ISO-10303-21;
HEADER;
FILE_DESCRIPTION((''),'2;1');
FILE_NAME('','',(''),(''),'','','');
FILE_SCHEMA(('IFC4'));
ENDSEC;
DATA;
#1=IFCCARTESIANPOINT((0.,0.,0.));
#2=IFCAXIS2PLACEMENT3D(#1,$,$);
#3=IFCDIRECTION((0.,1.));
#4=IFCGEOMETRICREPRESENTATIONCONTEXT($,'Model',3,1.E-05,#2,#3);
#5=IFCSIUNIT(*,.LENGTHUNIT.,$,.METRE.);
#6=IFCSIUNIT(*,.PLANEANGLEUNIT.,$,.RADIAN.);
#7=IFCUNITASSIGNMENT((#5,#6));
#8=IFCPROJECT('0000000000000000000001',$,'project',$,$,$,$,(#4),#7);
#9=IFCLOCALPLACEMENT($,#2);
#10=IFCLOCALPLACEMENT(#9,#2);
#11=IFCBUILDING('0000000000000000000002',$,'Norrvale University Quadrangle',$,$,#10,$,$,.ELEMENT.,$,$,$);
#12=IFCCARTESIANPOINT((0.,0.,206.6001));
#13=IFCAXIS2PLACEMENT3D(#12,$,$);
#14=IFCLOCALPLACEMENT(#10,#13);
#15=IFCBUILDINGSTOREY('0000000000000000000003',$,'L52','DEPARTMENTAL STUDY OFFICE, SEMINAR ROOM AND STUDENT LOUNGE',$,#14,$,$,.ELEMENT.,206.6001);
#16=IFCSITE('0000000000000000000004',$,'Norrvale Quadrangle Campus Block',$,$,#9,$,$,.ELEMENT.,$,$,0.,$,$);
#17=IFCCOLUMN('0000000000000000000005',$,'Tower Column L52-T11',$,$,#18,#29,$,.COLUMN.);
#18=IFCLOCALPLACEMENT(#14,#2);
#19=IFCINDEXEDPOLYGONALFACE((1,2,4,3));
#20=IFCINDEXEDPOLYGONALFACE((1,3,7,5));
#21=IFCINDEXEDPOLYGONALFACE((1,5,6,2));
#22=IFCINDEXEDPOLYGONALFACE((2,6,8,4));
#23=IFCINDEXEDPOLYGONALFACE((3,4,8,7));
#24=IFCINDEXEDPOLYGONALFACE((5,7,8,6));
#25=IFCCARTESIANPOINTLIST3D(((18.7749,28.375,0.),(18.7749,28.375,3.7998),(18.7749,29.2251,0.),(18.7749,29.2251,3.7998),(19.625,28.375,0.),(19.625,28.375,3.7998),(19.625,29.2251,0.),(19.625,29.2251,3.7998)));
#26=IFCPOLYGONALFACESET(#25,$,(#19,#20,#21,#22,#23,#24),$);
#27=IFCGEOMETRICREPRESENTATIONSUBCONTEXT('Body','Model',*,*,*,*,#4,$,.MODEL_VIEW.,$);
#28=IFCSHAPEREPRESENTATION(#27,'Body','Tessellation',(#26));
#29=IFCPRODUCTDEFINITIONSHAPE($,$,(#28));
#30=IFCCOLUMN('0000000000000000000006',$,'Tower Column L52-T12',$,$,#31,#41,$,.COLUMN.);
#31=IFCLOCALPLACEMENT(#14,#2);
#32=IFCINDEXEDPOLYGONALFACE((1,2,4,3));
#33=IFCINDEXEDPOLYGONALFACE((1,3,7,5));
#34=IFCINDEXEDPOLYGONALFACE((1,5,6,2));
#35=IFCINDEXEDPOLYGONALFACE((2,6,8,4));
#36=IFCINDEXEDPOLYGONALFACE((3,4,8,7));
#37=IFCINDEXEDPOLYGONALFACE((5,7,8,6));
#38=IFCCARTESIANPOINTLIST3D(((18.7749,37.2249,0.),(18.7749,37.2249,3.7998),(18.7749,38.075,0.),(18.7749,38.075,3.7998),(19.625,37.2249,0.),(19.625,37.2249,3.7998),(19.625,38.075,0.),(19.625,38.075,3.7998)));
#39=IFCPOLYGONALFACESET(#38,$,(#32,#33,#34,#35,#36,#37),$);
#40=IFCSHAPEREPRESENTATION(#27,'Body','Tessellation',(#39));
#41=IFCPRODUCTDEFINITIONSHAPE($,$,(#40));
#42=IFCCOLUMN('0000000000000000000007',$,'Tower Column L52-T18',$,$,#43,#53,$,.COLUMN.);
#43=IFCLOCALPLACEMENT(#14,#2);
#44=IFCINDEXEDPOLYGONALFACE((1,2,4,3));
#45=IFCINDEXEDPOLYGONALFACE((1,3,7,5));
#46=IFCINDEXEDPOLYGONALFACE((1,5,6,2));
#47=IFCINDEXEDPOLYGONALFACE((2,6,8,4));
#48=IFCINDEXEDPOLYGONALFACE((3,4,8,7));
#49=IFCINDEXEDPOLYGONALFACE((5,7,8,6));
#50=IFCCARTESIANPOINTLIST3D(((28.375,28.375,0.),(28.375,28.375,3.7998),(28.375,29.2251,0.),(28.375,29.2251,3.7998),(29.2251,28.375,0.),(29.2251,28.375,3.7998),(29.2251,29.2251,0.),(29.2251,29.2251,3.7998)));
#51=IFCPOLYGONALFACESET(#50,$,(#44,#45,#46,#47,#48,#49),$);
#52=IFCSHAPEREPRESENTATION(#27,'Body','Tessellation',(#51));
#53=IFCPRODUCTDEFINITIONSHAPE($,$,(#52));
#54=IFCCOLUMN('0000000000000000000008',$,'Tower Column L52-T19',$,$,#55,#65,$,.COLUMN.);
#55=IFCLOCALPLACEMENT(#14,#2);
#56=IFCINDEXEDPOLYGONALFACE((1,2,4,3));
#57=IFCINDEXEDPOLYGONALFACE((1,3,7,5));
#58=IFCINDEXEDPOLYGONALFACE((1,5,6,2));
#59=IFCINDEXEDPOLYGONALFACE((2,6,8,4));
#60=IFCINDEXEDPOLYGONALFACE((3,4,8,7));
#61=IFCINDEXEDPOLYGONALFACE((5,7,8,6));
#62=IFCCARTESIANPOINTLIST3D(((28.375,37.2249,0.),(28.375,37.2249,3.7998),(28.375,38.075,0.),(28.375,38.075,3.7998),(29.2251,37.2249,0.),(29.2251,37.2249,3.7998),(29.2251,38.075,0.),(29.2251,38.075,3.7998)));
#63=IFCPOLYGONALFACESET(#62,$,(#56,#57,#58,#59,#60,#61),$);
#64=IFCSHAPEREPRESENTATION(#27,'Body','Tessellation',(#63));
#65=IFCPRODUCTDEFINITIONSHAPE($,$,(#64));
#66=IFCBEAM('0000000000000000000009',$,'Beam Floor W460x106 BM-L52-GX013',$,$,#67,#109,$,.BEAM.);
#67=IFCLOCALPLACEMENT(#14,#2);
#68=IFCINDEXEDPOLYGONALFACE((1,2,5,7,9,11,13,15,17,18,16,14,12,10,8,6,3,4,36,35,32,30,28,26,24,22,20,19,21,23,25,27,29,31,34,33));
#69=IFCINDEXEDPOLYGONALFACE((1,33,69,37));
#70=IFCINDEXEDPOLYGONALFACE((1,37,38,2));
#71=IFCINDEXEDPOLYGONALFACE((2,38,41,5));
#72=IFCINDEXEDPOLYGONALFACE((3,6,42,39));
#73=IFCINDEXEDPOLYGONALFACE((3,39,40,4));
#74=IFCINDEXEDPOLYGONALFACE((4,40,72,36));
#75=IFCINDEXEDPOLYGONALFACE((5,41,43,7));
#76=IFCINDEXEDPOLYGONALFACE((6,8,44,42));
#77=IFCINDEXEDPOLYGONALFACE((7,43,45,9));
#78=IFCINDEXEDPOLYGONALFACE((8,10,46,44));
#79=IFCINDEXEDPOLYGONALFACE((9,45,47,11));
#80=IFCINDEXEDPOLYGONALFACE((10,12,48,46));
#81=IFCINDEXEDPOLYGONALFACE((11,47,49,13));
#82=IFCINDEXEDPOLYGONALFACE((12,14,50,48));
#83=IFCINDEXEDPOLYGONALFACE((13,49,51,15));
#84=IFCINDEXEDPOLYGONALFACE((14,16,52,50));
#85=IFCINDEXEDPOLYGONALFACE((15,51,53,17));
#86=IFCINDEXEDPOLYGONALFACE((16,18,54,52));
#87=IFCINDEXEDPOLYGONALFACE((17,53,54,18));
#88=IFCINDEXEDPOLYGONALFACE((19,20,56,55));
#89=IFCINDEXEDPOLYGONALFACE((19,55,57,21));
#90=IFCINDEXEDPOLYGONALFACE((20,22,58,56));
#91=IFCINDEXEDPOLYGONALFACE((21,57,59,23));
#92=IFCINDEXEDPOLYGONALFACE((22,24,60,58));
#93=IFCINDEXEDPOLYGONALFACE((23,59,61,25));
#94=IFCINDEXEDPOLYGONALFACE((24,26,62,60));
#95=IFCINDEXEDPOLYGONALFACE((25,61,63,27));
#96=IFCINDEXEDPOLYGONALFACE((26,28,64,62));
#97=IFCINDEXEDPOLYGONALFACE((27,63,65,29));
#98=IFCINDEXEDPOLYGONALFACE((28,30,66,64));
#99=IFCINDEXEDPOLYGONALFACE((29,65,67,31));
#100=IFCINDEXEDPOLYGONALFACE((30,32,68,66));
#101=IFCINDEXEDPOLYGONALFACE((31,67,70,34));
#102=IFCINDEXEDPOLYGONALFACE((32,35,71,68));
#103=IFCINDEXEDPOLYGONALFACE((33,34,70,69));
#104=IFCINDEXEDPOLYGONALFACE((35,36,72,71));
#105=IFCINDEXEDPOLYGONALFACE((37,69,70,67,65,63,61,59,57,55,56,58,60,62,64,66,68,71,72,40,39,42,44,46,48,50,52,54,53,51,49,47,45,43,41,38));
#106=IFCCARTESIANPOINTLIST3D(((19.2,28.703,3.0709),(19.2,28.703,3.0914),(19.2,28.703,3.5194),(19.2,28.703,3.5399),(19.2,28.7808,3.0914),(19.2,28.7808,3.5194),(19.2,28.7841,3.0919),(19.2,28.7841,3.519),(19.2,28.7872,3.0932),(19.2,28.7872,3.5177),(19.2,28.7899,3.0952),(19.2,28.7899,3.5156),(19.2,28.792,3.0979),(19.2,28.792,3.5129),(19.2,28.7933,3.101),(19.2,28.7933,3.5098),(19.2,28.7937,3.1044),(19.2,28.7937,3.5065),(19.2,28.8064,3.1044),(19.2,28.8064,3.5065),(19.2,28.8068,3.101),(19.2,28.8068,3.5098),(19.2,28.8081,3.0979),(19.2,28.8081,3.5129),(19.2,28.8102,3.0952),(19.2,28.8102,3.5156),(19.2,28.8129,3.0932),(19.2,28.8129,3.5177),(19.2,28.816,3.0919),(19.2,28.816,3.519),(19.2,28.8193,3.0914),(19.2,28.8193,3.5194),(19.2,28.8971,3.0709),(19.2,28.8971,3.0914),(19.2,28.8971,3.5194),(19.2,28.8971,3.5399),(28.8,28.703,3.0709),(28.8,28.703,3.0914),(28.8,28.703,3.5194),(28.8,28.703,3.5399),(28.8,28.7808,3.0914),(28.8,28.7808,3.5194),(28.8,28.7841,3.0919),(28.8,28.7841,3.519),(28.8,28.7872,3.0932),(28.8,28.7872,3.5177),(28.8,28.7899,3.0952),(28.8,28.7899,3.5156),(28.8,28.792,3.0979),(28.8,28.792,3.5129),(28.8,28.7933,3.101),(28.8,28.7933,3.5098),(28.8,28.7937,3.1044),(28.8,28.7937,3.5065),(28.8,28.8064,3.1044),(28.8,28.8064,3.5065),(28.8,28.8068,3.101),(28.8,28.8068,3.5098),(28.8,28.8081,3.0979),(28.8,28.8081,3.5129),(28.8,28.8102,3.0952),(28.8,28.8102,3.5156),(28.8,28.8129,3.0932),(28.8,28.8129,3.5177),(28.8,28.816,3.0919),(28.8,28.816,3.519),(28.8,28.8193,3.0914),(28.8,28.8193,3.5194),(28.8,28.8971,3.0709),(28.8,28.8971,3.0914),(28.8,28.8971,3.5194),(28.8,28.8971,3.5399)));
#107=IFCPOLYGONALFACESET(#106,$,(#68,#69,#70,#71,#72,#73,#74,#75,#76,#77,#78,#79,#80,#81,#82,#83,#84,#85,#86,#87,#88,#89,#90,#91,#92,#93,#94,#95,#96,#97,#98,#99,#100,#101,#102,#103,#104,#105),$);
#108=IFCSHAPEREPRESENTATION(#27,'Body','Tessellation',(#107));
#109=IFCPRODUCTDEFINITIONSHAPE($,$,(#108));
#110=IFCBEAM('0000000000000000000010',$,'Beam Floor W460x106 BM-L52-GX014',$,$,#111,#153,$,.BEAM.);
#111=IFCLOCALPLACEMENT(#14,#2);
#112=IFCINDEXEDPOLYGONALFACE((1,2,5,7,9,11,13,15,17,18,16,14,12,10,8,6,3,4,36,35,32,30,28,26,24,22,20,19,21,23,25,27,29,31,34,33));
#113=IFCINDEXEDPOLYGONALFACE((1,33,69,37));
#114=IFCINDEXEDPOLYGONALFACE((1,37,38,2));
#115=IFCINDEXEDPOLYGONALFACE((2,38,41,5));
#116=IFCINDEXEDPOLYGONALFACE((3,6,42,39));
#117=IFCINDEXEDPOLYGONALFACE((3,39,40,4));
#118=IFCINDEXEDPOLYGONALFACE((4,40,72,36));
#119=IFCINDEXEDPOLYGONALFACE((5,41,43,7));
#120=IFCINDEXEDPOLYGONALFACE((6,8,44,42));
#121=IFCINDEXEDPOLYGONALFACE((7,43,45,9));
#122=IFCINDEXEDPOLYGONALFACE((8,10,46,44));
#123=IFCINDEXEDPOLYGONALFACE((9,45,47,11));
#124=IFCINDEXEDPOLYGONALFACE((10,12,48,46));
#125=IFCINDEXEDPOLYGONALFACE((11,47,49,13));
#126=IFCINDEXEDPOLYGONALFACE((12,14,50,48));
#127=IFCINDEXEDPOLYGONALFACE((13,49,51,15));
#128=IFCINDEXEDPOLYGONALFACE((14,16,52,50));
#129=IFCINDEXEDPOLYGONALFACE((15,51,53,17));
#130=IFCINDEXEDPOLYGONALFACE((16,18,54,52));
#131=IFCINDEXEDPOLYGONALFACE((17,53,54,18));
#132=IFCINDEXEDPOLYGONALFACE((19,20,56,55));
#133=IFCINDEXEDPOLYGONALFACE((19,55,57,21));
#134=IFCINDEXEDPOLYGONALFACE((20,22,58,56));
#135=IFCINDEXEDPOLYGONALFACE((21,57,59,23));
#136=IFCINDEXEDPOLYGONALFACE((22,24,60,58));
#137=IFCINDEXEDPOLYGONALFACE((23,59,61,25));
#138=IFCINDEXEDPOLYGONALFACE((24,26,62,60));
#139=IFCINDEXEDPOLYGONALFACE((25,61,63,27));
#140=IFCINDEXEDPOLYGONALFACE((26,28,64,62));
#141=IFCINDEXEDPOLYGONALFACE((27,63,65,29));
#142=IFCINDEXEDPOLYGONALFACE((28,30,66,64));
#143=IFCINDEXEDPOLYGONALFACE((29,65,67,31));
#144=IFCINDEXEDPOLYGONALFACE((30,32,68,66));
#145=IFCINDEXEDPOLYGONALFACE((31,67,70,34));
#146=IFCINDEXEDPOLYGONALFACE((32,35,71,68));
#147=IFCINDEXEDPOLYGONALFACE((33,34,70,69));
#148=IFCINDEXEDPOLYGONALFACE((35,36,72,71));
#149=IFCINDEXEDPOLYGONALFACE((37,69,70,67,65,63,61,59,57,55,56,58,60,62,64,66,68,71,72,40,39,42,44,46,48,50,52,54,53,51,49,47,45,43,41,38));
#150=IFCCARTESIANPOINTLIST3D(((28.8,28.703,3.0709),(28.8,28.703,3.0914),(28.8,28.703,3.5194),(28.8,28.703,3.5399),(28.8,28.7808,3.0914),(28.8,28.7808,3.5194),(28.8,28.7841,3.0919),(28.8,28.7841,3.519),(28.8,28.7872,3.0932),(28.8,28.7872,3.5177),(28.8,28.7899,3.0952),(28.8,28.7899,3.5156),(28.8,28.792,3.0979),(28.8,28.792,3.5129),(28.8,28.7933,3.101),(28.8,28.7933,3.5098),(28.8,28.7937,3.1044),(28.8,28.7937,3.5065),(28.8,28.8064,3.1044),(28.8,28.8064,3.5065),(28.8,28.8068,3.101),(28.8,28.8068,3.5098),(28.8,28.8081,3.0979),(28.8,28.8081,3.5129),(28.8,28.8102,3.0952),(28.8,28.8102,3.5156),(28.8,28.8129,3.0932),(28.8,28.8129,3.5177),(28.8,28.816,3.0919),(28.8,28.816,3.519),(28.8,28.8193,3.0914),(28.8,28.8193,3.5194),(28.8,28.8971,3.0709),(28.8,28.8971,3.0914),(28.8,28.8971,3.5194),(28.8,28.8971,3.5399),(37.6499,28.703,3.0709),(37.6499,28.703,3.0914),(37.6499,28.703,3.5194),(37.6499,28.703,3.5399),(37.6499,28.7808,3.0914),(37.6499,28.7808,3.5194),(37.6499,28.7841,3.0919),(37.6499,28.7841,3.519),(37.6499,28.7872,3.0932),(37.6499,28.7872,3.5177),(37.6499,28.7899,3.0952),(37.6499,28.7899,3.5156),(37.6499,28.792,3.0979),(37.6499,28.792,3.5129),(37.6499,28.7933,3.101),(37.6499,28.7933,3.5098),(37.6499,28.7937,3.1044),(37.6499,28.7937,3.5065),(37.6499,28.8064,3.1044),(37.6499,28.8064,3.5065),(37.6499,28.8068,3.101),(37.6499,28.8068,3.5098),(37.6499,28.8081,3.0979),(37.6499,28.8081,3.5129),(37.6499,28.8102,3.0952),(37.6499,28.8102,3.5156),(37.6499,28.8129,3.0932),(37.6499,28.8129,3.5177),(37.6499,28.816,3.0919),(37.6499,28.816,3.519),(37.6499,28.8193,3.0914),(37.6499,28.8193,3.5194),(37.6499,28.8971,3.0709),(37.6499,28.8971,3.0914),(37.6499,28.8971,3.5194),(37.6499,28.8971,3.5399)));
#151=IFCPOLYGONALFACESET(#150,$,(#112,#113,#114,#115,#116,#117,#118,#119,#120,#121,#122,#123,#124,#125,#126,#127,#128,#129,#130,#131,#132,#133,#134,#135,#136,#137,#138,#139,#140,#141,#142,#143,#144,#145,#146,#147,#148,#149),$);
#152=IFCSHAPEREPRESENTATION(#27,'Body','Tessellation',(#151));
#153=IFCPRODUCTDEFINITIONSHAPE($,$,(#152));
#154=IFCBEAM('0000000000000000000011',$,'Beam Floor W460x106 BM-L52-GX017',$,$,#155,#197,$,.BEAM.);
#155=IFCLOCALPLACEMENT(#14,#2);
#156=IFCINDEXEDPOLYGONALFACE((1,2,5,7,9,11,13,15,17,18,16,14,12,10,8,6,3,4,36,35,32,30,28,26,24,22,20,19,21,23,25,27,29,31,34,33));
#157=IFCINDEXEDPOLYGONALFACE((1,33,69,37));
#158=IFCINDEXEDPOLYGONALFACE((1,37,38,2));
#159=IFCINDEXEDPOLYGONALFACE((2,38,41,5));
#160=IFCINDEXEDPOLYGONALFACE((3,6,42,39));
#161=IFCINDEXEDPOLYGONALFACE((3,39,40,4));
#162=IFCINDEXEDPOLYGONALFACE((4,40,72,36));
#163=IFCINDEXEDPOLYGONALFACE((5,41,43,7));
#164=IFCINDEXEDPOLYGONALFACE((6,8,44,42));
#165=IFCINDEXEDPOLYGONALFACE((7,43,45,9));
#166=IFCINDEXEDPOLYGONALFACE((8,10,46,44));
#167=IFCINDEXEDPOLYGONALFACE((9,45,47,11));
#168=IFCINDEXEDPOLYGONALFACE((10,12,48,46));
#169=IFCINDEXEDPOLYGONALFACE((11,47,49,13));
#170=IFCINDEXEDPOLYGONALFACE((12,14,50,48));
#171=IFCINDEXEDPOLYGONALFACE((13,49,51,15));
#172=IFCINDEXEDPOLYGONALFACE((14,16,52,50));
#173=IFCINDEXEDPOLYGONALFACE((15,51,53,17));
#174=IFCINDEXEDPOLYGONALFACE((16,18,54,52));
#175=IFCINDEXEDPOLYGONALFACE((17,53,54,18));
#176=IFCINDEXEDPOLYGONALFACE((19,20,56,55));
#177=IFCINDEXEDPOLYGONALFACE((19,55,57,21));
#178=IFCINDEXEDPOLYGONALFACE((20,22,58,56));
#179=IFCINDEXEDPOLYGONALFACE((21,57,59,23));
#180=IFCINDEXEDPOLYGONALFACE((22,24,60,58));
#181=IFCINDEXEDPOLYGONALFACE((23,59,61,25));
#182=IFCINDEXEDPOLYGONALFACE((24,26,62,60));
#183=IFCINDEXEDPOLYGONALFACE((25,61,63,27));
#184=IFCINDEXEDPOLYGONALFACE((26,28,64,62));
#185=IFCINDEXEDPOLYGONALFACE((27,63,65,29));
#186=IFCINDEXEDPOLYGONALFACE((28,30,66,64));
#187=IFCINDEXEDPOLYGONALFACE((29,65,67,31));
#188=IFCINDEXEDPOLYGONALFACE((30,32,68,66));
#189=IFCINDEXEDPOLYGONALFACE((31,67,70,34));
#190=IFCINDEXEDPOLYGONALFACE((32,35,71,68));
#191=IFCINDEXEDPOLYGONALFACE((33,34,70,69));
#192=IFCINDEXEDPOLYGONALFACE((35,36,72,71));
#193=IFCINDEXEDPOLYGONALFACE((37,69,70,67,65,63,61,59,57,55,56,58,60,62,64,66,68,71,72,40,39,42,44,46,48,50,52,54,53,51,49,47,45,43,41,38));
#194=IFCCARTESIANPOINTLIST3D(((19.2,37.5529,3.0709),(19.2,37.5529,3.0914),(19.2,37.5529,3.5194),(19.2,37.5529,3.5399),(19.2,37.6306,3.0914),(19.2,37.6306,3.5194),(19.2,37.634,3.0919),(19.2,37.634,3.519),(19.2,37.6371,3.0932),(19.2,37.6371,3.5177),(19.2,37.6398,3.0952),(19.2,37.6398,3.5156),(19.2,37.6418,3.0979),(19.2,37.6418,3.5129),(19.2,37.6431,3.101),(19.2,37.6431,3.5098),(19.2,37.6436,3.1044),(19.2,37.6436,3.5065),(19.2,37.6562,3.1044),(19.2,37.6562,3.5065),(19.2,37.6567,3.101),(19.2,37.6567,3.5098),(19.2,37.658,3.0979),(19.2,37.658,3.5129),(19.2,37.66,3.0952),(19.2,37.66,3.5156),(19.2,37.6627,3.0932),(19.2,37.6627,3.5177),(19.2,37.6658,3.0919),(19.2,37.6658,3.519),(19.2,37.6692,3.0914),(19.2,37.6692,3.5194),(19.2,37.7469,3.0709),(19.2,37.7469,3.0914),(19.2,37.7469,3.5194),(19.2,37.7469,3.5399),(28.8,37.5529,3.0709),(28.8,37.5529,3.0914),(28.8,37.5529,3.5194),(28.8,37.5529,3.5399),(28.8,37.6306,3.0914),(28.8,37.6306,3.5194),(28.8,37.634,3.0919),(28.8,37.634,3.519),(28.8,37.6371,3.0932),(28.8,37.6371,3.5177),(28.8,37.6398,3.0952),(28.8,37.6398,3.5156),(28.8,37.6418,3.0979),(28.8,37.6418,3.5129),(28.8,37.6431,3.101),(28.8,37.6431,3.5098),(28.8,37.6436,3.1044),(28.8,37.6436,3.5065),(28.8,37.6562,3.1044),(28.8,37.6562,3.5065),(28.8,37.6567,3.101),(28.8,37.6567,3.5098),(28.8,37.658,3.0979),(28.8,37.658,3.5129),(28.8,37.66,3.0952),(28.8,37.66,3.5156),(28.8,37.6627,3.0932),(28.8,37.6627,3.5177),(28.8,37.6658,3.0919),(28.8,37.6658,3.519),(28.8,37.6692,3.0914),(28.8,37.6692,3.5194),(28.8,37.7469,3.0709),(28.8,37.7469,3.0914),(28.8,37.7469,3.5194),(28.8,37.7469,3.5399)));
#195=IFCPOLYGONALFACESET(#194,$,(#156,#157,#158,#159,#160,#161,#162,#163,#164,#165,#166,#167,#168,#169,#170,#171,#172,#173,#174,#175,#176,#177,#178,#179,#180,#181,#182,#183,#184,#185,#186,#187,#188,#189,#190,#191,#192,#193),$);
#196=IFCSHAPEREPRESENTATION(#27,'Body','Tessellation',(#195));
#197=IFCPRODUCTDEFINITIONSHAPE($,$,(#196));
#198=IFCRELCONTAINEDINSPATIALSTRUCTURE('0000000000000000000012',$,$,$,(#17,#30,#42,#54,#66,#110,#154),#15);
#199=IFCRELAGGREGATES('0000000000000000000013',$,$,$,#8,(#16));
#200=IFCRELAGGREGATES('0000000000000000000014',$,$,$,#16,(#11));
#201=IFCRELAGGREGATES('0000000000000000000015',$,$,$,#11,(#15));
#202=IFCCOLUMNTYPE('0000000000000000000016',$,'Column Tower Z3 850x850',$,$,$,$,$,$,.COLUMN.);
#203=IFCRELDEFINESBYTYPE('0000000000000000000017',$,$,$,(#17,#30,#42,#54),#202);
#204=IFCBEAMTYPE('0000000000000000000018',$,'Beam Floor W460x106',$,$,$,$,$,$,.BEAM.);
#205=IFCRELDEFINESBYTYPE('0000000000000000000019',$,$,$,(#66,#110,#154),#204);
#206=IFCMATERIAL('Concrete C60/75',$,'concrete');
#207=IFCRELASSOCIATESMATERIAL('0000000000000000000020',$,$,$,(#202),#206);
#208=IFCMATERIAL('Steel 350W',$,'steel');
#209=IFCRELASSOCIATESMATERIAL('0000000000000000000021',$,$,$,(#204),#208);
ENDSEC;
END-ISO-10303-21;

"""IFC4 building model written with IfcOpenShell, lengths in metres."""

from ifc_helpers import new_model, si_unit, direction, frame, origin, origin_2d, place, context, subcontext, project, spatial, rectangle, i_section, extrude, material, material_profile, profile_set, type_object, element, save


model = new_model("IFC4")

# Units and contexts
model_context = context("Model", 3, precision=1e-05, world=origin(), true_north=direction((0.0, 1.0)))
body_context = subcontext(model_context, "Body", "Model", "MODEL_VIEW")
ifc_project = project(units=[si_unit("LENGTHUNIT", "METRE"), si_unit("PLANEANGLEUNIT", "RADIAN")], contexts=[model_context])

# Site, building, storey
site_placement = place(None, origin())
site = spatial("IfcSite", under=ifc_project, at=site_placement, Name="Norrvale Quadrangle Campus Block", CompositionType="ELEMENT", RefElevation=0.0)
building_placement = place(site_placement, origin())
building = spatial("IfcBuilding", under=site, at=building_placement, Name="Norrvale University Quadrangle", CompositionType="ELEMENT")
storey_placement = place(building_placement, frame((0.0, 0.0, 206.6001)))
storey = spatial("IfcBuildingStorey", under=building, at=storey_placement, Name="L52", Description="DEPARTMENTAL STUDY OFFICE, SEMINAR ROOM AND STUDENT LOUNGE", CompositionType="ELEMENT", Elevation=206.6001)

# Columns
ifc_material_1 = material(Name="Concrete C60/75", Category="concrete")
ifc_material_profile_1 = material_profile(ifc_material_1, rectangle(XDim=0.8501, YDim=0.8501, at=origin_2d()), Name="Concrete C60/75")
ifc_profile_set_1 = profile_set([ifc_material_profile_1], Name="Concrete C60/75")
column_type = type_object("IfcColumnType", Name="Column Tower Z3 850x850", PredefinedType="COLUMN", material=ifc_profile_set_1)
for number, where, z_axis, x_axis, name in (
    (1, (19.2, 28.8, 0.0), (0.0, 0.0, 1.0), (1.0, 0.0, 0.0), "Tower Column L52-T11"),
    (2, (19.2, 37.6499, 0.0), (0.0, 0.0, 1.0), (1.0, 0.0, 0.0), "Tower Column L52-T12"),
    (3, (28.8, 28.8, 0.0), (0.0, 0.0, 1.0), (1.0, 0.0, 0.0), "Tower Column L52-T18"),
    (4, (28.8, 37.6499, 0.0), (0.0, 0.0, 1.0), (1.0, 0.0, 0.0), "Tower Column L52-T19"),
):
    element("IfcColumn", number, at=place(storey_placement, frame(where, z_axis=z_axis, x_axis=x_axis)), inside=storey, type_object=column_type, Name=name, PredefinedType="COLUMN", context=body_context, shape_type="SweptSolid", body=[
        extrude(rectangle(XDim=0.8501, YDim=0.8501, at=origin_2d()), origin(), (0.0, 0.0, 1.0), 3.7998),
    ])

# Beams
ifc_material_2 = material(Name="Steel 350W", Category="steel")
ifc_material_profile_2 = material_profile(ifc_material_2, i_section(OverallWidth=0.1941, OverallDepth=0.469, WebThickness=0.0127, FlangeThickness=0.0205, FilletRadius=0.0129, at=origin_2d()), Name="Steel 350W")
ifc_profile_set_2 = profile_set([ifc_material_profile_2], Name="Steel 350W")
beam_type_1 = type_object("IfcBeamType", Name="Beam Floor W460x106", PredefinedType="BEAM", material=ifc_profile_set_2)
beam_1_placement = place(storey_placement, frame((19.2, 28.8, 3.3054), z_axis=(1.0, 0.0, 0.0), x_axis=(0.0, 1.0, 0.0)))
element("IfcBeam", 5, at=beam_1_placement, inside=storey, type_object=beam_type_1, Name="Beam Floor W460x106 BM-L52-GX013", PredefinedType="BEAM", context=body_context, shape_type="SweptSolid", body=[
    extrude(i_section(OverallWidth=0.1941, OverallDepth=0.469, WebThickness=0.0127, FlangeThickness=0.0205, FilletRadius=0.0129, at=origin_2d()), origin(), (0.0, 0.0, 1.0), 9.6001),
])
beam_2_placement = place(storey_placement, frame((28.8, 28.8, 3.3054), z_axis=(1.0, 0.0, 0.0), x_axis=(0.0, 1.0, 0.0)))
element("IfcBeam", 6, at=beam_2_placement, inside=storey, type_object=beam_type_1, Name="Beam Floor W460x106 BM-L52-GX014", PredefinedType="BEAM", context=body_context, shape_type="SweptSolid", body=[
    extrude(i_section(OverallWidth=0.1941, OverallDepth=0.469, WebThickness=0.0127, FlangeThickness=0.0205, FilletRadius=0.0129, at=origin_2d()), origin(), (0.0, 0.0, 1.0), 8.8499),
])
beam_3_placement = place(storey_placement, frame((19.2, 37.6499, 3.3054), z_axis=(1.0, 0.0, 0.0), x_axis=(0.0, 1.0, 0.0)))
element("IfcBeam", 7, at=beam_3_placement, inside=storey, type_object=beam_type_1, Name="Beam Floor W460x106 BM-L52-GX017", PredefinedType="BEAM", context=body_context, shape_type="SweptSolid", body=[
    extrude(i_section(OverallWidth=0.1941, OverallDepth=0.469, WebThickness=0.0127, FlangeThickness=0.0205, FilletRadius=0.0129, at=origin_2d()), origin(), (0.0, 0.0, 1.0), 9.6001),
])

save(model, "model.ifc")
